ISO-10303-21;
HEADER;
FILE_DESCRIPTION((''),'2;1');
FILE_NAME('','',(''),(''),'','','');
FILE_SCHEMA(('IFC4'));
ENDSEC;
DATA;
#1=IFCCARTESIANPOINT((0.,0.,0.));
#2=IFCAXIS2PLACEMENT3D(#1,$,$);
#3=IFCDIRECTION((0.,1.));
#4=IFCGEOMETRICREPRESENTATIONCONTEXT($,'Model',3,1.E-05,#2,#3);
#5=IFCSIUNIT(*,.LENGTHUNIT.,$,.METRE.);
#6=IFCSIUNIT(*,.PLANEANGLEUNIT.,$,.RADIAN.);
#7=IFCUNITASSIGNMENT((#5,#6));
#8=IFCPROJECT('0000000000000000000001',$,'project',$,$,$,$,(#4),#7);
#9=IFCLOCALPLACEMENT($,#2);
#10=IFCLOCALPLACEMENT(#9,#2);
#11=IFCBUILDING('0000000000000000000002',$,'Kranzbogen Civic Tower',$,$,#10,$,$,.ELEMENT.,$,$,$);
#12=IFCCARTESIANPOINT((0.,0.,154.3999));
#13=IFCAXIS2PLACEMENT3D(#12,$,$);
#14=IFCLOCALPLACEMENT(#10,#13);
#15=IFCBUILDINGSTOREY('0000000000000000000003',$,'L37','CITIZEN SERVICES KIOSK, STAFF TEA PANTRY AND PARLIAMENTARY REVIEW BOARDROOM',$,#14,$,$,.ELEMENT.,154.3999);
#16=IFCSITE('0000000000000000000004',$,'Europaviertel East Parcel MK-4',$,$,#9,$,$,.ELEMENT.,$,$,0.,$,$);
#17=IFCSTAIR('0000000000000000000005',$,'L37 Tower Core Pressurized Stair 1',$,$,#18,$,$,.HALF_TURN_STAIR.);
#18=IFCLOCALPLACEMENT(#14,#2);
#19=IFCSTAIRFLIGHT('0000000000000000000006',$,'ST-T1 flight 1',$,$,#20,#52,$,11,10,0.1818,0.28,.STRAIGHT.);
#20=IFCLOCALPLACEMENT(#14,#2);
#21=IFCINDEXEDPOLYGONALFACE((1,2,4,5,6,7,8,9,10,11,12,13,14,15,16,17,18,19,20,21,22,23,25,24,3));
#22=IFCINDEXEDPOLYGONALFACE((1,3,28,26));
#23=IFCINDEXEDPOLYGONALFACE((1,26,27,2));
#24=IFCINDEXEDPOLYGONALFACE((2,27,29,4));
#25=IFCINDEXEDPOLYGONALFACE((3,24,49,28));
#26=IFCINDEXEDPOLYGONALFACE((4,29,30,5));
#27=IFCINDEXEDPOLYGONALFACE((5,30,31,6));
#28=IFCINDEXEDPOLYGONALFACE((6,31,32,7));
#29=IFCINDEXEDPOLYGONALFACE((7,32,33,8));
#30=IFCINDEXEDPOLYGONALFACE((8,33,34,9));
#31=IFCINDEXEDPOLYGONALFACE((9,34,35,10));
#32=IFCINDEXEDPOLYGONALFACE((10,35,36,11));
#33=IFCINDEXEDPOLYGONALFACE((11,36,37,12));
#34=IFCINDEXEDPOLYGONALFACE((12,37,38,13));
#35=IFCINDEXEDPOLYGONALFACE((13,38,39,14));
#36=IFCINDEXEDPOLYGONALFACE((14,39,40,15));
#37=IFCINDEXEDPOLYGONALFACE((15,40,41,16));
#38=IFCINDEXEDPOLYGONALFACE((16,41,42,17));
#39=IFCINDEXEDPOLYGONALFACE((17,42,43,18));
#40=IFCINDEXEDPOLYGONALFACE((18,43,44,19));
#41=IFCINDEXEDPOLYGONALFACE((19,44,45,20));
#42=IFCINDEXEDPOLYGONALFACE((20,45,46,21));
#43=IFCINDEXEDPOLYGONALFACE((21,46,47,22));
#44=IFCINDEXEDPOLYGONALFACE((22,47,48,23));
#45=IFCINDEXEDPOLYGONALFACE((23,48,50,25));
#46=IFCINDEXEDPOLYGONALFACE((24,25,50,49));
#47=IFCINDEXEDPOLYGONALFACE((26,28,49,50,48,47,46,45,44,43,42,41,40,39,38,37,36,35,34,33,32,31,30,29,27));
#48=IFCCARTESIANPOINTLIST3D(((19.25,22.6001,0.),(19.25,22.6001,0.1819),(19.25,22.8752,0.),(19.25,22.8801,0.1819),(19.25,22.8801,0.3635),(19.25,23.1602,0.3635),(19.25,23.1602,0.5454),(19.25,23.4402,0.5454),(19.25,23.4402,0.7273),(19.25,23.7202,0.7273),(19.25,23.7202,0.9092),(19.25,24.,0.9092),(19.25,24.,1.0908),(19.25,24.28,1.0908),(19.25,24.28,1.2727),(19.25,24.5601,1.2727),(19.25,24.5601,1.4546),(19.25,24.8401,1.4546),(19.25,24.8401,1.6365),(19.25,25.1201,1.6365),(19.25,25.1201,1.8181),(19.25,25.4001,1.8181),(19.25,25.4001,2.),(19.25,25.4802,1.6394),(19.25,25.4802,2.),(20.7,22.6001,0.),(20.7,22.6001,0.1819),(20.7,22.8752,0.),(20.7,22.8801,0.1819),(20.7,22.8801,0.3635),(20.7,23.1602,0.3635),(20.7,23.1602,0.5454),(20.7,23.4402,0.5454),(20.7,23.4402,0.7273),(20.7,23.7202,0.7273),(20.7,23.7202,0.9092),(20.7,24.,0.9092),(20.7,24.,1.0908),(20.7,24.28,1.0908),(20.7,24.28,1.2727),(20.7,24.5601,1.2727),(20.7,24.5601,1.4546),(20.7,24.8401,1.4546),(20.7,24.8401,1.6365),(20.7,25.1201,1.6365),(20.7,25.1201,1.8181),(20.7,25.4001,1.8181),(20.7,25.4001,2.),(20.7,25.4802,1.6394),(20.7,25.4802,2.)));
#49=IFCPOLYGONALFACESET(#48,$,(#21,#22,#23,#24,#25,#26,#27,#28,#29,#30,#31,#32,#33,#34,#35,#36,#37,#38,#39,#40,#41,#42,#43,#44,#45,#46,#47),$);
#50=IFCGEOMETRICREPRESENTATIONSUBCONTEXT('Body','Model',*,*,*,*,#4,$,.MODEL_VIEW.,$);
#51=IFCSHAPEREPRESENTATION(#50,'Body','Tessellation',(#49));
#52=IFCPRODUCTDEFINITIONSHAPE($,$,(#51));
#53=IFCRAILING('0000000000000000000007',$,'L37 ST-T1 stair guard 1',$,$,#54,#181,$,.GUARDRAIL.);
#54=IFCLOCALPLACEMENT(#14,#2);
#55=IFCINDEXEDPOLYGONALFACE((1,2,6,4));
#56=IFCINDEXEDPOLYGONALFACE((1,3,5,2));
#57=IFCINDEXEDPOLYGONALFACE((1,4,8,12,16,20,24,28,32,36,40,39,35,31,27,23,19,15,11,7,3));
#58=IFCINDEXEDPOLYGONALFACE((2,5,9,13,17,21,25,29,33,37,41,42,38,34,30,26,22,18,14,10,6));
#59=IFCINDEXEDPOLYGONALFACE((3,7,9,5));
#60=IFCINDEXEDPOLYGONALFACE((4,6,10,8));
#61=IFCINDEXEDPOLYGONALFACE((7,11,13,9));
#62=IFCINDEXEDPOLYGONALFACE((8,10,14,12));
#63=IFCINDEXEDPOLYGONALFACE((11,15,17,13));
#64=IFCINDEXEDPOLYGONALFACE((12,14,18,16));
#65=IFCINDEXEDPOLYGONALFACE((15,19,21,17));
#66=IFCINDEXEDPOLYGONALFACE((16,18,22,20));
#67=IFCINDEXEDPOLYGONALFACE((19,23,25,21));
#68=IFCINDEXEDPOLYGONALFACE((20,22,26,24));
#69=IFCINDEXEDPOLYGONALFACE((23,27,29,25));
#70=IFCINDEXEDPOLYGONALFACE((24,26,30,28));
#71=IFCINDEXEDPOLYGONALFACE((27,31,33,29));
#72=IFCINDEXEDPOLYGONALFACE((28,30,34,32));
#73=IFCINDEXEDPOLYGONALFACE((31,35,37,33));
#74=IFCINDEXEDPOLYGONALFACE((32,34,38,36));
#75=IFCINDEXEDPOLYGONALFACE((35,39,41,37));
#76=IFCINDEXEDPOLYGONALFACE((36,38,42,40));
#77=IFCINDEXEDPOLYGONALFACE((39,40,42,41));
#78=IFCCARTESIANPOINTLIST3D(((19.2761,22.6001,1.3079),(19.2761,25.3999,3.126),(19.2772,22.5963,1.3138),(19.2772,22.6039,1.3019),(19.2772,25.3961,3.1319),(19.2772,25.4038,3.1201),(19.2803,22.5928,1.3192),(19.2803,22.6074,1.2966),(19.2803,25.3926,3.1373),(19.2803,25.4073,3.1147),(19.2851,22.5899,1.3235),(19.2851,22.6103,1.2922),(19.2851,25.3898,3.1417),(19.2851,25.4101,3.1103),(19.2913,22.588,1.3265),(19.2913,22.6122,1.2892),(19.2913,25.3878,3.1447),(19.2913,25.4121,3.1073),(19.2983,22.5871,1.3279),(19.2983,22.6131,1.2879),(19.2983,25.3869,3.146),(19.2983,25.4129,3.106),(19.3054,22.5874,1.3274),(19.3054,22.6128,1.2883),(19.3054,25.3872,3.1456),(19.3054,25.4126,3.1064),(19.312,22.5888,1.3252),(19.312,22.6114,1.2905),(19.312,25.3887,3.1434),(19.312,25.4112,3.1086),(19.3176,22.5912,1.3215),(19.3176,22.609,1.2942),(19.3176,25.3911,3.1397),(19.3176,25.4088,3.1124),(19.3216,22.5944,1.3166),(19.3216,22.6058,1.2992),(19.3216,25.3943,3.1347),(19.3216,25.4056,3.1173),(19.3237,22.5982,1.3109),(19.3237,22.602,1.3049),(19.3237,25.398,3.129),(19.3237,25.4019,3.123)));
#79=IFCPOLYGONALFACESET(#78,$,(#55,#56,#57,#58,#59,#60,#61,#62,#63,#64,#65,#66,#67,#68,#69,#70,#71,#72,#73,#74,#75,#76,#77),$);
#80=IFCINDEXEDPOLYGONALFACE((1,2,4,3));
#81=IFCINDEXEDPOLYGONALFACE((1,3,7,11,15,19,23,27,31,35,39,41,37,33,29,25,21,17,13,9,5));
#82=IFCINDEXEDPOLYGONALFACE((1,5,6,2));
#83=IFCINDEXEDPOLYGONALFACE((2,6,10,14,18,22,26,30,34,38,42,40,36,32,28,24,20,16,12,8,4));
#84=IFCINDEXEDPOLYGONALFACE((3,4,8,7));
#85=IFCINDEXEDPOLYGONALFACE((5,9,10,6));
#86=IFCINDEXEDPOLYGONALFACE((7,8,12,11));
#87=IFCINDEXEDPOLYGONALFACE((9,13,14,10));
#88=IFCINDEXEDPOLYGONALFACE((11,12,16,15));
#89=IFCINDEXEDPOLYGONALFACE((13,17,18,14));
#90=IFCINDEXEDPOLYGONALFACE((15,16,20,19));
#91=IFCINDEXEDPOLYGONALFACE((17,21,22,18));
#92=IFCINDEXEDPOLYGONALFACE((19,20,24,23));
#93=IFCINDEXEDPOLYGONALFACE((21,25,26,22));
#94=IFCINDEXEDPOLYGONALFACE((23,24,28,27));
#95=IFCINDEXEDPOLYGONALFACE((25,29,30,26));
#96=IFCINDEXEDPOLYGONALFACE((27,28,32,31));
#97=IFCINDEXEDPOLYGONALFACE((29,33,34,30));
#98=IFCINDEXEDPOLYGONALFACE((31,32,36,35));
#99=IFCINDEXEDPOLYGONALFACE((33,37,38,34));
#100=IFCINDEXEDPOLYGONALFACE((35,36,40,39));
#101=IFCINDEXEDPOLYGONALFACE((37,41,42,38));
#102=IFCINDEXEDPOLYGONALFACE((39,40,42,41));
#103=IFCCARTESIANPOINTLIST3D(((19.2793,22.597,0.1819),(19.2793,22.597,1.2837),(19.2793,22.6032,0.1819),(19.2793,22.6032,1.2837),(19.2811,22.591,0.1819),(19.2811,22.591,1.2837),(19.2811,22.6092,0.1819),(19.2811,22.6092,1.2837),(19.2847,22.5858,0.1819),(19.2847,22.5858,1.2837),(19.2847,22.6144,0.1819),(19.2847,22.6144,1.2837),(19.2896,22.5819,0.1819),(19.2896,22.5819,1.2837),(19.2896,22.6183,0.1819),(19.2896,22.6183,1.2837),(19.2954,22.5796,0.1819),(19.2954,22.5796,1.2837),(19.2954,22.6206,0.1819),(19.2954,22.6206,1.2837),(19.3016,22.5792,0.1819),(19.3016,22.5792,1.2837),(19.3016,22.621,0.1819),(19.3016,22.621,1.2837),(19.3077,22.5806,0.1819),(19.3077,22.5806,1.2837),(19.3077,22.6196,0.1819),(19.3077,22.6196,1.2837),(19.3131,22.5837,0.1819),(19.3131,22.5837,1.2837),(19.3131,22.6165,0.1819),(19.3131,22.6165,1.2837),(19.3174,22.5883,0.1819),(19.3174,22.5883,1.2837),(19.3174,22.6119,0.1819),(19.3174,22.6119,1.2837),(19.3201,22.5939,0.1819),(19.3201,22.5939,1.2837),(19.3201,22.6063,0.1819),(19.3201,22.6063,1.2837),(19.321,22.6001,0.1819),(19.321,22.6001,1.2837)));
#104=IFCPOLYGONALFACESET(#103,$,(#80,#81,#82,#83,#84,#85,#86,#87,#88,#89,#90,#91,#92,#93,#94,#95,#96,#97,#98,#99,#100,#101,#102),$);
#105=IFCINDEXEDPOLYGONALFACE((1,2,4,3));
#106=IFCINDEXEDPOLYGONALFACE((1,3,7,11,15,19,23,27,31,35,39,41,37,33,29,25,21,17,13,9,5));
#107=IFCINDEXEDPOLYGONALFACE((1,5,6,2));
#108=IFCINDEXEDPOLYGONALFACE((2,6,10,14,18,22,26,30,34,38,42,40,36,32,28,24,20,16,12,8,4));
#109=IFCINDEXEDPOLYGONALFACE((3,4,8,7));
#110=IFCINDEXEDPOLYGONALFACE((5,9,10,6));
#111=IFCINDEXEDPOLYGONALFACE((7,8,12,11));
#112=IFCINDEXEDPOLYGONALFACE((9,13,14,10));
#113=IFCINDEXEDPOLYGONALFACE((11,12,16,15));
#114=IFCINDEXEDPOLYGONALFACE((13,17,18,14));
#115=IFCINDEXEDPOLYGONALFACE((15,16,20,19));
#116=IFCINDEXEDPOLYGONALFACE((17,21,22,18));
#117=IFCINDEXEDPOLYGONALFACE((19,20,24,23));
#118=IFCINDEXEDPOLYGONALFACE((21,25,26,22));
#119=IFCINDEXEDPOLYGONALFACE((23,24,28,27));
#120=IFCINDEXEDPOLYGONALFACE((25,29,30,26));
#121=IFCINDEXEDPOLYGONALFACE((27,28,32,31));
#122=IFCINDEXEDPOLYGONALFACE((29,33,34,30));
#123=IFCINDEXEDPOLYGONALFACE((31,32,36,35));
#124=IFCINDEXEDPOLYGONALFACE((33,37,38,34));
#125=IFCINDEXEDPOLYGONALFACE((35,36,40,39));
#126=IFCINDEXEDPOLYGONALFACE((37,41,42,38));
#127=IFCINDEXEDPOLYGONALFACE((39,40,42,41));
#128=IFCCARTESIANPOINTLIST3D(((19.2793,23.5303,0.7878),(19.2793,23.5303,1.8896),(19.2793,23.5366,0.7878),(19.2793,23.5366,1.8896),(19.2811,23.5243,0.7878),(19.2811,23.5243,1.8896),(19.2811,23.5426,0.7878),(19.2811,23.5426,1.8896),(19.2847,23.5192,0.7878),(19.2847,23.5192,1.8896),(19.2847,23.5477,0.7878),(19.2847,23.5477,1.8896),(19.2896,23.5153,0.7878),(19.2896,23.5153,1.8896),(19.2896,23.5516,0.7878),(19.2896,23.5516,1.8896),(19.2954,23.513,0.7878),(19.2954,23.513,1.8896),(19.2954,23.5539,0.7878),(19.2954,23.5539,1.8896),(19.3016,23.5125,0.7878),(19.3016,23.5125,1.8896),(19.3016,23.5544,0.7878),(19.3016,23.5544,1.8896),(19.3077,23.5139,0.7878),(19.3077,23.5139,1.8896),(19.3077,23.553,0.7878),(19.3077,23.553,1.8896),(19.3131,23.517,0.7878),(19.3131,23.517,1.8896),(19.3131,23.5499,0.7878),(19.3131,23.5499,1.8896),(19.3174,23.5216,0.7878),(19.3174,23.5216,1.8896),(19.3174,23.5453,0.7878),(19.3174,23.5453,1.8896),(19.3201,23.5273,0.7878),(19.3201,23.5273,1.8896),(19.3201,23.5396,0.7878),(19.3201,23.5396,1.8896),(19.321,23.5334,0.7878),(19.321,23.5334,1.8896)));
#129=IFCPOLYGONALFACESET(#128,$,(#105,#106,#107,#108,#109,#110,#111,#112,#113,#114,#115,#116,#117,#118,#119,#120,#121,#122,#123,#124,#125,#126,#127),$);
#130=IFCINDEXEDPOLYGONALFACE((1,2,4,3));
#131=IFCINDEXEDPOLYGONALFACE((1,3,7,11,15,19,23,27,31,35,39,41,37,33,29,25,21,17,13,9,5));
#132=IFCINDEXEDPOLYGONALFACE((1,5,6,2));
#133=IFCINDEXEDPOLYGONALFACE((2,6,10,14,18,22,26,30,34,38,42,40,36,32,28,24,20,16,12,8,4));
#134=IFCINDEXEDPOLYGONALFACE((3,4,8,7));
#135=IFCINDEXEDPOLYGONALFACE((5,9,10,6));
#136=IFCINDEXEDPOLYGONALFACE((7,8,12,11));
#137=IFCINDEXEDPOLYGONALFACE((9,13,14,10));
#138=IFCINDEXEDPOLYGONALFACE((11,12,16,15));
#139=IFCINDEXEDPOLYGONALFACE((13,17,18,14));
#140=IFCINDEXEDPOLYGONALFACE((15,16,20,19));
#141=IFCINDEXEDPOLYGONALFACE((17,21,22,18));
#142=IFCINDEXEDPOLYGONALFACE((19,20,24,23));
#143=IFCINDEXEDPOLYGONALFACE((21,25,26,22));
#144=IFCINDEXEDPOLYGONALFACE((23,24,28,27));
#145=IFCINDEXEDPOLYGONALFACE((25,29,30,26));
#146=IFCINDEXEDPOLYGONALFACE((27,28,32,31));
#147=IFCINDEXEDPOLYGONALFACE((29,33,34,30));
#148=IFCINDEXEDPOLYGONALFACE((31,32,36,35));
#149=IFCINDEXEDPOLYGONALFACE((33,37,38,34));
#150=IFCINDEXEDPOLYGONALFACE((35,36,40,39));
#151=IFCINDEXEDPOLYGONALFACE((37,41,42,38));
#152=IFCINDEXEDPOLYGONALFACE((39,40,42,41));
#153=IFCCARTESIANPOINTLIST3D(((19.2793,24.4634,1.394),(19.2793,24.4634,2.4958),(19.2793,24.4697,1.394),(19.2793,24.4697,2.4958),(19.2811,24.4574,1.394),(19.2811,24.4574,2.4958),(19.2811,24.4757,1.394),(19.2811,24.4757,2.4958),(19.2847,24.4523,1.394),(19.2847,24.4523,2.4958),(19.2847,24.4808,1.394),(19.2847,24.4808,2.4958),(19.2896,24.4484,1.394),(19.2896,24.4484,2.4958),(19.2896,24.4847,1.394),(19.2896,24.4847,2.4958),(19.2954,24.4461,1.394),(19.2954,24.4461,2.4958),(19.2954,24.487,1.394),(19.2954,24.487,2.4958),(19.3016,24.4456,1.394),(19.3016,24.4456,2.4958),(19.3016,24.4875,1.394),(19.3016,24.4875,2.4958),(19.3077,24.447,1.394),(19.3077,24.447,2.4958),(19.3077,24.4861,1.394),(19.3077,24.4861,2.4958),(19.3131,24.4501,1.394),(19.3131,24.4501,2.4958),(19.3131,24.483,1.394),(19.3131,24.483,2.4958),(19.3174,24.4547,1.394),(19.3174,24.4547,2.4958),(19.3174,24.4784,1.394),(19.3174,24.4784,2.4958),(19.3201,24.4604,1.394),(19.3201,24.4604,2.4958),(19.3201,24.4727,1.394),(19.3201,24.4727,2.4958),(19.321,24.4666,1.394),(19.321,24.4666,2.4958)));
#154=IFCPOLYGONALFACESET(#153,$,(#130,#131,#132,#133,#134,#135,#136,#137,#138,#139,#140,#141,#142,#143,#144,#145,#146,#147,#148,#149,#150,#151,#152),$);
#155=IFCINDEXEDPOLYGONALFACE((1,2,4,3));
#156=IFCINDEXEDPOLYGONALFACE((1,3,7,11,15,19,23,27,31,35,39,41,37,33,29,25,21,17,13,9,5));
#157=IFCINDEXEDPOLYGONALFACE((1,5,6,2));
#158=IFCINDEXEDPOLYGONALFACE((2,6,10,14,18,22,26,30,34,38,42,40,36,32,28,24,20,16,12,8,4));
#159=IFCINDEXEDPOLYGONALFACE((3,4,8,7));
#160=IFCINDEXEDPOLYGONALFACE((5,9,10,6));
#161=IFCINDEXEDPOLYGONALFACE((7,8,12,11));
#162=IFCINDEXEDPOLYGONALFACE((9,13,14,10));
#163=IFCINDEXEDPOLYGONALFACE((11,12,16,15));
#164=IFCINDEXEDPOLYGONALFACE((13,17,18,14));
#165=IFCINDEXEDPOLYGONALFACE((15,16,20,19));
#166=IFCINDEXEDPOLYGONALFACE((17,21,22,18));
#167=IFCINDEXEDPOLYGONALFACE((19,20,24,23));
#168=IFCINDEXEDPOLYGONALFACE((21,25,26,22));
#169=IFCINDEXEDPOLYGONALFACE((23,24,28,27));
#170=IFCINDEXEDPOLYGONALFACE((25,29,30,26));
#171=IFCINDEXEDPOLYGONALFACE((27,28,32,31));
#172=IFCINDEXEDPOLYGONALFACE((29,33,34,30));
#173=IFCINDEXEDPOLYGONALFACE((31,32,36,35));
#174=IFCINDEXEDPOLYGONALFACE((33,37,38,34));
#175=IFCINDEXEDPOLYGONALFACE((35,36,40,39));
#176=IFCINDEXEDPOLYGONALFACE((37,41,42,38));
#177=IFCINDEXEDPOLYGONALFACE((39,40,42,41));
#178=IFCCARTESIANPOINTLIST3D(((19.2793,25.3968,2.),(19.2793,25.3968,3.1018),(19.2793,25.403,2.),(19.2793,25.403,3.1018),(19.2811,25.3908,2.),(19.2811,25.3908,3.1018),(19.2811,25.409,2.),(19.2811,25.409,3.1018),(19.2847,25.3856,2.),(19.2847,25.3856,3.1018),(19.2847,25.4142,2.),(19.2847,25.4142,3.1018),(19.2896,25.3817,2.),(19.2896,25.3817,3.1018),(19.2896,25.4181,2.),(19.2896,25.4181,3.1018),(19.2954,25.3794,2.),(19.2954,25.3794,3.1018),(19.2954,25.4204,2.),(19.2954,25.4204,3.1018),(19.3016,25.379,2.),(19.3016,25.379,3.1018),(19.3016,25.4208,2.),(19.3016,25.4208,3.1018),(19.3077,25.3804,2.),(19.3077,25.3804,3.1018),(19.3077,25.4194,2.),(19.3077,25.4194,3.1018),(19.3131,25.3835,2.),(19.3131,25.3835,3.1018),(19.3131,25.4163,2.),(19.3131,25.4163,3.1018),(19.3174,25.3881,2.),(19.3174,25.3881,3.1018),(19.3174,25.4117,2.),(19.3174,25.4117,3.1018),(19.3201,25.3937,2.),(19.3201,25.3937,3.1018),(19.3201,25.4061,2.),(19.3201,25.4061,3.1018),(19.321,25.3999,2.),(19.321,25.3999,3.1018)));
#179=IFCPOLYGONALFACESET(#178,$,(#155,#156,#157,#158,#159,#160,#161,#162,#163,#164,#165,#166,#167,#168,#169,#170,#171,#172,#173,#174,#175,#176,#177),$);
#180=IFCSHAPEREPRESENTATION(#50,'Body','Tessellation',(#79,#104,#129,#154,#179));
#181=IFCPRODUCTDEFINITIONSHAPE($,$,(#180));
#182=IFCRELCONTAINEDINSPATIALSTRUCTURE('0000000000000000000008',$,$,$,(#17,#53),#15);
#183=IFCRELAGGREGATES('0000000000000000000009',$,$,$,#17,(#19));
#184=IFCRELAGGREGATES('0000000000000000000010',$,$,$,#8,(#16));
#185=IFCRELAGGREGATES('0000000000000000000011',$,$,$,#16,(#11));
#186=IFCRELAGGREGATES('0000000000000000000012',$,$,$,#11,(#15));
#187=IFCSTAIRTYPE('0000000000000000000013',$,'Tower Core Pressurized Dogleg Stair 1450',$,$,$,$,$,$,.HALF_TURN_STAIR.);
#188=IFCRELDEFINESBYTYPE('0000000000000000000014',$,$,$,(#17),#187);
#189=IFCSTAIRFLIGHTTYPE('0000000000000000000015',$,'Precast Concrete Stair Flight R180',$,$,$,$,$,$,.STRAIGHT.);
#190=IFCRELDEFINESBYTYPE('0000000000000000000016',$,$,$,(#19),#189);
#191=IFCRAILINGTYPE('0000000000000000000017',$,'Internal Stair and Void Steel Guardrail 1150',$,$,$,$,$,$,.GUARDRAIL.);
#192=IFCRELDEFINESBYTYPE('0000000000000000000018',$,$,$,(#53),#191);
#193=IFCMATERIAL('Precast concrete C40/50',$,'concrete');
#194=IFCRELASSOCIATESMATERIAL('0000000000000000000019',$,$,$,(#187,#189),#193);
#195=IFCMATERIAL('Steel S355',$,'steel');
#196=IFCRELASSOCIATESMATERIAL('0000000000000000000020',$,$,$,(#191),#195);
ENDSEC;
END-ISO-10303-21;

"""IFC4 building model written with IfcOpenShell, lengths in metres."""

from ifc_helpers import new_model, si_unit, direction, frame, origin, origin_2d, place, context, subcontext, project, spatial, polyline, circle, outline, extrude, material, type_object, element, aggregate, save


model = new_model("IFC4")

# Units and contexts
model_context = context("Model", 3, precision=1e-05, world=origin(), true_north=direction((0.0, 1.0)))
body_context = subcontext(model_context, "Body", "Model", "MODEL_VIEW")
ifc_project = project(units=[si_unit("LENGTHUNIT", "METRE"), si_unit("PLANEANGLEUNIT", "RADIAN")], contexts=[model_context])

# Site, building, storey
site_placement = place(None, origin())
site = spatial("IfcSite", under=ifc_project, at=site_placement, Name="Europaviertel East Parcel MK-4", CompositionType="ELEMENT", RefElevation=0.0)
building_placement = place(site_placement, origin())
building = spatial("IfcBuilding", under=site, at=building_placement, Name="Kranzbogen Civic Tower", CompositionType="ELEMENT")
storey_placement = place(building_placement, frame((0.0, 0.0, 154.3999)))
storey = spatial("IfcBuildingStorey", under=building, at=storey_placement, Name="L37", Description="CITIZEN SERVICES KIOSK, STAFF TEA PANTRY AND PARLIAMENTARY REVIEW BOARDROOM", CompositionType="ELEMENT", Elevation=154.3999)

# Shared definitions
ifc_material_1 = material(Name="Steel S355", Category="steel")

# Stair, stair flight
ifc_material_2 = material(Name="Precast concrete C40/50", Category="concrete")
stair_type = type_object("IfcStairType", Name="Tower Core Pressurized Dogleg Stair 1450", PredefinedType="HALF_TURN_STAIR", material=ifc_material_2)
stair_placement = place(storey_placement, origin())
stair = element("IfcStair", 1, at=stair_placement, inside=storey, type_object=stair_type, Name="L37 Tower Core Pressurized Stair 1", PredefinedType="HALF_TURN_STAIR")
stair_flight_type = type_object("IfcStairFlightType", Name="Precast Concrete Stair Flight R180", PredefinedType="STRAIGHT", material=ifc_material_2)
stair_flight_placement = place(storey_placement, frame((19.9751, 22.6001, 0.0), z_axis=(0.0, 0.0, 1.0), x_axis=(0.0, 1.0, 0.0)))
stair_flight = element("IfcStairFlight", 2, at=stair_flight_placement, type_object=stair_flight_type, Name="ST-T1 flight 1", NumberOfRisers=11, NumberOfTreads=10, PredefinedType="STRAIGHT", RiserHeight=0.1818, TreadLength=0.28, context=body_context, shape_type="SweptSolid", body=[
    extrude(outline(polyline([(0.0, 0.0), (0.0, 0.1819), (0.28, 0.1819), (0.28, 0.3635), (0.5601, 0.3635), (0.5601, 0.5454), (0.8401, 0.5454), (0.8401, 0.7273), (1.1201, 0.7273), (1.1201, 0.9092), (1.3999, 0.9092), (1.3999, 1.0908), (1.6799, 1.0908), (1.6799, 1.2727), (1.96, 1.2727), (1.96, 1.4546), (2.24, 1.4546), (2.24, 1.6365), (2.52, 1.6365), (2.52, 1.8181), (2.8, 1.8181), (2.8, 2.0), (2.8801, 2.0), (2.8801, 1.6394), (0.2751, 0.0), (0.0, 0.0)])), frame((0.0, 0.7251, 0.0), z_axis=(0.0, -1.0, 0.0), x_axis=(1.0, 0.0, 0.0)), (0.0, 0.0, 1.0), 1.45),
])
aggregate(stair, [stair_flight])

# Railing
railing_type_1 = type_object("IfcRailingType", Name="Internal Stair and Void Steel Guardrail 1150", PredefinedType="GUARDRAIL", material=ifc_material_1)
railing_1_placement = place(storey_placement, frame((19.3, 22.6001, 0.1819)))
element("IfcRailing", 3, at=railing_1_placement, inside=storey, type_object=railing_type_1, Name="L37 ST-T1 stair guard 1", PredefinedType="GUARDRAIL", context=body_context, shape_type="SweptSolid", body=[
    extrude(circle(Radius=0.0239, at=origin_2d()), frame((0.0, 0.0, 1.126), z_axis=(0.0, 0.838684, 0.544618), x_axis=(-1.0, 0.0, 0.0)), (0.0, 0.0, 1.0), 3.3384),
    extrude(circle(Radius=0.021, at=origin_2d()), origin(), (0.0, 0.0, 1.0), 1.1018),
    extrude(circle(Radius=0.021, at=origin_2d()), frame((0.0, 0.9333, 0.606)), (0.0, 0.0, 1.0), 1.1018),
    extrude(circle(Radius=0.021, at=origin_2d()), frame((0.0, 1.8665, 1.2122)), (0.0, 0.0, 1.0), 1.1018),
    extrude(circle(Radius=0.021, at=origin_2d()), frame((0.0, 2.7998, 1.8181)), (0.0, 0.0, 1.0), 1.1018),
])

save(model, "model.ifc")
